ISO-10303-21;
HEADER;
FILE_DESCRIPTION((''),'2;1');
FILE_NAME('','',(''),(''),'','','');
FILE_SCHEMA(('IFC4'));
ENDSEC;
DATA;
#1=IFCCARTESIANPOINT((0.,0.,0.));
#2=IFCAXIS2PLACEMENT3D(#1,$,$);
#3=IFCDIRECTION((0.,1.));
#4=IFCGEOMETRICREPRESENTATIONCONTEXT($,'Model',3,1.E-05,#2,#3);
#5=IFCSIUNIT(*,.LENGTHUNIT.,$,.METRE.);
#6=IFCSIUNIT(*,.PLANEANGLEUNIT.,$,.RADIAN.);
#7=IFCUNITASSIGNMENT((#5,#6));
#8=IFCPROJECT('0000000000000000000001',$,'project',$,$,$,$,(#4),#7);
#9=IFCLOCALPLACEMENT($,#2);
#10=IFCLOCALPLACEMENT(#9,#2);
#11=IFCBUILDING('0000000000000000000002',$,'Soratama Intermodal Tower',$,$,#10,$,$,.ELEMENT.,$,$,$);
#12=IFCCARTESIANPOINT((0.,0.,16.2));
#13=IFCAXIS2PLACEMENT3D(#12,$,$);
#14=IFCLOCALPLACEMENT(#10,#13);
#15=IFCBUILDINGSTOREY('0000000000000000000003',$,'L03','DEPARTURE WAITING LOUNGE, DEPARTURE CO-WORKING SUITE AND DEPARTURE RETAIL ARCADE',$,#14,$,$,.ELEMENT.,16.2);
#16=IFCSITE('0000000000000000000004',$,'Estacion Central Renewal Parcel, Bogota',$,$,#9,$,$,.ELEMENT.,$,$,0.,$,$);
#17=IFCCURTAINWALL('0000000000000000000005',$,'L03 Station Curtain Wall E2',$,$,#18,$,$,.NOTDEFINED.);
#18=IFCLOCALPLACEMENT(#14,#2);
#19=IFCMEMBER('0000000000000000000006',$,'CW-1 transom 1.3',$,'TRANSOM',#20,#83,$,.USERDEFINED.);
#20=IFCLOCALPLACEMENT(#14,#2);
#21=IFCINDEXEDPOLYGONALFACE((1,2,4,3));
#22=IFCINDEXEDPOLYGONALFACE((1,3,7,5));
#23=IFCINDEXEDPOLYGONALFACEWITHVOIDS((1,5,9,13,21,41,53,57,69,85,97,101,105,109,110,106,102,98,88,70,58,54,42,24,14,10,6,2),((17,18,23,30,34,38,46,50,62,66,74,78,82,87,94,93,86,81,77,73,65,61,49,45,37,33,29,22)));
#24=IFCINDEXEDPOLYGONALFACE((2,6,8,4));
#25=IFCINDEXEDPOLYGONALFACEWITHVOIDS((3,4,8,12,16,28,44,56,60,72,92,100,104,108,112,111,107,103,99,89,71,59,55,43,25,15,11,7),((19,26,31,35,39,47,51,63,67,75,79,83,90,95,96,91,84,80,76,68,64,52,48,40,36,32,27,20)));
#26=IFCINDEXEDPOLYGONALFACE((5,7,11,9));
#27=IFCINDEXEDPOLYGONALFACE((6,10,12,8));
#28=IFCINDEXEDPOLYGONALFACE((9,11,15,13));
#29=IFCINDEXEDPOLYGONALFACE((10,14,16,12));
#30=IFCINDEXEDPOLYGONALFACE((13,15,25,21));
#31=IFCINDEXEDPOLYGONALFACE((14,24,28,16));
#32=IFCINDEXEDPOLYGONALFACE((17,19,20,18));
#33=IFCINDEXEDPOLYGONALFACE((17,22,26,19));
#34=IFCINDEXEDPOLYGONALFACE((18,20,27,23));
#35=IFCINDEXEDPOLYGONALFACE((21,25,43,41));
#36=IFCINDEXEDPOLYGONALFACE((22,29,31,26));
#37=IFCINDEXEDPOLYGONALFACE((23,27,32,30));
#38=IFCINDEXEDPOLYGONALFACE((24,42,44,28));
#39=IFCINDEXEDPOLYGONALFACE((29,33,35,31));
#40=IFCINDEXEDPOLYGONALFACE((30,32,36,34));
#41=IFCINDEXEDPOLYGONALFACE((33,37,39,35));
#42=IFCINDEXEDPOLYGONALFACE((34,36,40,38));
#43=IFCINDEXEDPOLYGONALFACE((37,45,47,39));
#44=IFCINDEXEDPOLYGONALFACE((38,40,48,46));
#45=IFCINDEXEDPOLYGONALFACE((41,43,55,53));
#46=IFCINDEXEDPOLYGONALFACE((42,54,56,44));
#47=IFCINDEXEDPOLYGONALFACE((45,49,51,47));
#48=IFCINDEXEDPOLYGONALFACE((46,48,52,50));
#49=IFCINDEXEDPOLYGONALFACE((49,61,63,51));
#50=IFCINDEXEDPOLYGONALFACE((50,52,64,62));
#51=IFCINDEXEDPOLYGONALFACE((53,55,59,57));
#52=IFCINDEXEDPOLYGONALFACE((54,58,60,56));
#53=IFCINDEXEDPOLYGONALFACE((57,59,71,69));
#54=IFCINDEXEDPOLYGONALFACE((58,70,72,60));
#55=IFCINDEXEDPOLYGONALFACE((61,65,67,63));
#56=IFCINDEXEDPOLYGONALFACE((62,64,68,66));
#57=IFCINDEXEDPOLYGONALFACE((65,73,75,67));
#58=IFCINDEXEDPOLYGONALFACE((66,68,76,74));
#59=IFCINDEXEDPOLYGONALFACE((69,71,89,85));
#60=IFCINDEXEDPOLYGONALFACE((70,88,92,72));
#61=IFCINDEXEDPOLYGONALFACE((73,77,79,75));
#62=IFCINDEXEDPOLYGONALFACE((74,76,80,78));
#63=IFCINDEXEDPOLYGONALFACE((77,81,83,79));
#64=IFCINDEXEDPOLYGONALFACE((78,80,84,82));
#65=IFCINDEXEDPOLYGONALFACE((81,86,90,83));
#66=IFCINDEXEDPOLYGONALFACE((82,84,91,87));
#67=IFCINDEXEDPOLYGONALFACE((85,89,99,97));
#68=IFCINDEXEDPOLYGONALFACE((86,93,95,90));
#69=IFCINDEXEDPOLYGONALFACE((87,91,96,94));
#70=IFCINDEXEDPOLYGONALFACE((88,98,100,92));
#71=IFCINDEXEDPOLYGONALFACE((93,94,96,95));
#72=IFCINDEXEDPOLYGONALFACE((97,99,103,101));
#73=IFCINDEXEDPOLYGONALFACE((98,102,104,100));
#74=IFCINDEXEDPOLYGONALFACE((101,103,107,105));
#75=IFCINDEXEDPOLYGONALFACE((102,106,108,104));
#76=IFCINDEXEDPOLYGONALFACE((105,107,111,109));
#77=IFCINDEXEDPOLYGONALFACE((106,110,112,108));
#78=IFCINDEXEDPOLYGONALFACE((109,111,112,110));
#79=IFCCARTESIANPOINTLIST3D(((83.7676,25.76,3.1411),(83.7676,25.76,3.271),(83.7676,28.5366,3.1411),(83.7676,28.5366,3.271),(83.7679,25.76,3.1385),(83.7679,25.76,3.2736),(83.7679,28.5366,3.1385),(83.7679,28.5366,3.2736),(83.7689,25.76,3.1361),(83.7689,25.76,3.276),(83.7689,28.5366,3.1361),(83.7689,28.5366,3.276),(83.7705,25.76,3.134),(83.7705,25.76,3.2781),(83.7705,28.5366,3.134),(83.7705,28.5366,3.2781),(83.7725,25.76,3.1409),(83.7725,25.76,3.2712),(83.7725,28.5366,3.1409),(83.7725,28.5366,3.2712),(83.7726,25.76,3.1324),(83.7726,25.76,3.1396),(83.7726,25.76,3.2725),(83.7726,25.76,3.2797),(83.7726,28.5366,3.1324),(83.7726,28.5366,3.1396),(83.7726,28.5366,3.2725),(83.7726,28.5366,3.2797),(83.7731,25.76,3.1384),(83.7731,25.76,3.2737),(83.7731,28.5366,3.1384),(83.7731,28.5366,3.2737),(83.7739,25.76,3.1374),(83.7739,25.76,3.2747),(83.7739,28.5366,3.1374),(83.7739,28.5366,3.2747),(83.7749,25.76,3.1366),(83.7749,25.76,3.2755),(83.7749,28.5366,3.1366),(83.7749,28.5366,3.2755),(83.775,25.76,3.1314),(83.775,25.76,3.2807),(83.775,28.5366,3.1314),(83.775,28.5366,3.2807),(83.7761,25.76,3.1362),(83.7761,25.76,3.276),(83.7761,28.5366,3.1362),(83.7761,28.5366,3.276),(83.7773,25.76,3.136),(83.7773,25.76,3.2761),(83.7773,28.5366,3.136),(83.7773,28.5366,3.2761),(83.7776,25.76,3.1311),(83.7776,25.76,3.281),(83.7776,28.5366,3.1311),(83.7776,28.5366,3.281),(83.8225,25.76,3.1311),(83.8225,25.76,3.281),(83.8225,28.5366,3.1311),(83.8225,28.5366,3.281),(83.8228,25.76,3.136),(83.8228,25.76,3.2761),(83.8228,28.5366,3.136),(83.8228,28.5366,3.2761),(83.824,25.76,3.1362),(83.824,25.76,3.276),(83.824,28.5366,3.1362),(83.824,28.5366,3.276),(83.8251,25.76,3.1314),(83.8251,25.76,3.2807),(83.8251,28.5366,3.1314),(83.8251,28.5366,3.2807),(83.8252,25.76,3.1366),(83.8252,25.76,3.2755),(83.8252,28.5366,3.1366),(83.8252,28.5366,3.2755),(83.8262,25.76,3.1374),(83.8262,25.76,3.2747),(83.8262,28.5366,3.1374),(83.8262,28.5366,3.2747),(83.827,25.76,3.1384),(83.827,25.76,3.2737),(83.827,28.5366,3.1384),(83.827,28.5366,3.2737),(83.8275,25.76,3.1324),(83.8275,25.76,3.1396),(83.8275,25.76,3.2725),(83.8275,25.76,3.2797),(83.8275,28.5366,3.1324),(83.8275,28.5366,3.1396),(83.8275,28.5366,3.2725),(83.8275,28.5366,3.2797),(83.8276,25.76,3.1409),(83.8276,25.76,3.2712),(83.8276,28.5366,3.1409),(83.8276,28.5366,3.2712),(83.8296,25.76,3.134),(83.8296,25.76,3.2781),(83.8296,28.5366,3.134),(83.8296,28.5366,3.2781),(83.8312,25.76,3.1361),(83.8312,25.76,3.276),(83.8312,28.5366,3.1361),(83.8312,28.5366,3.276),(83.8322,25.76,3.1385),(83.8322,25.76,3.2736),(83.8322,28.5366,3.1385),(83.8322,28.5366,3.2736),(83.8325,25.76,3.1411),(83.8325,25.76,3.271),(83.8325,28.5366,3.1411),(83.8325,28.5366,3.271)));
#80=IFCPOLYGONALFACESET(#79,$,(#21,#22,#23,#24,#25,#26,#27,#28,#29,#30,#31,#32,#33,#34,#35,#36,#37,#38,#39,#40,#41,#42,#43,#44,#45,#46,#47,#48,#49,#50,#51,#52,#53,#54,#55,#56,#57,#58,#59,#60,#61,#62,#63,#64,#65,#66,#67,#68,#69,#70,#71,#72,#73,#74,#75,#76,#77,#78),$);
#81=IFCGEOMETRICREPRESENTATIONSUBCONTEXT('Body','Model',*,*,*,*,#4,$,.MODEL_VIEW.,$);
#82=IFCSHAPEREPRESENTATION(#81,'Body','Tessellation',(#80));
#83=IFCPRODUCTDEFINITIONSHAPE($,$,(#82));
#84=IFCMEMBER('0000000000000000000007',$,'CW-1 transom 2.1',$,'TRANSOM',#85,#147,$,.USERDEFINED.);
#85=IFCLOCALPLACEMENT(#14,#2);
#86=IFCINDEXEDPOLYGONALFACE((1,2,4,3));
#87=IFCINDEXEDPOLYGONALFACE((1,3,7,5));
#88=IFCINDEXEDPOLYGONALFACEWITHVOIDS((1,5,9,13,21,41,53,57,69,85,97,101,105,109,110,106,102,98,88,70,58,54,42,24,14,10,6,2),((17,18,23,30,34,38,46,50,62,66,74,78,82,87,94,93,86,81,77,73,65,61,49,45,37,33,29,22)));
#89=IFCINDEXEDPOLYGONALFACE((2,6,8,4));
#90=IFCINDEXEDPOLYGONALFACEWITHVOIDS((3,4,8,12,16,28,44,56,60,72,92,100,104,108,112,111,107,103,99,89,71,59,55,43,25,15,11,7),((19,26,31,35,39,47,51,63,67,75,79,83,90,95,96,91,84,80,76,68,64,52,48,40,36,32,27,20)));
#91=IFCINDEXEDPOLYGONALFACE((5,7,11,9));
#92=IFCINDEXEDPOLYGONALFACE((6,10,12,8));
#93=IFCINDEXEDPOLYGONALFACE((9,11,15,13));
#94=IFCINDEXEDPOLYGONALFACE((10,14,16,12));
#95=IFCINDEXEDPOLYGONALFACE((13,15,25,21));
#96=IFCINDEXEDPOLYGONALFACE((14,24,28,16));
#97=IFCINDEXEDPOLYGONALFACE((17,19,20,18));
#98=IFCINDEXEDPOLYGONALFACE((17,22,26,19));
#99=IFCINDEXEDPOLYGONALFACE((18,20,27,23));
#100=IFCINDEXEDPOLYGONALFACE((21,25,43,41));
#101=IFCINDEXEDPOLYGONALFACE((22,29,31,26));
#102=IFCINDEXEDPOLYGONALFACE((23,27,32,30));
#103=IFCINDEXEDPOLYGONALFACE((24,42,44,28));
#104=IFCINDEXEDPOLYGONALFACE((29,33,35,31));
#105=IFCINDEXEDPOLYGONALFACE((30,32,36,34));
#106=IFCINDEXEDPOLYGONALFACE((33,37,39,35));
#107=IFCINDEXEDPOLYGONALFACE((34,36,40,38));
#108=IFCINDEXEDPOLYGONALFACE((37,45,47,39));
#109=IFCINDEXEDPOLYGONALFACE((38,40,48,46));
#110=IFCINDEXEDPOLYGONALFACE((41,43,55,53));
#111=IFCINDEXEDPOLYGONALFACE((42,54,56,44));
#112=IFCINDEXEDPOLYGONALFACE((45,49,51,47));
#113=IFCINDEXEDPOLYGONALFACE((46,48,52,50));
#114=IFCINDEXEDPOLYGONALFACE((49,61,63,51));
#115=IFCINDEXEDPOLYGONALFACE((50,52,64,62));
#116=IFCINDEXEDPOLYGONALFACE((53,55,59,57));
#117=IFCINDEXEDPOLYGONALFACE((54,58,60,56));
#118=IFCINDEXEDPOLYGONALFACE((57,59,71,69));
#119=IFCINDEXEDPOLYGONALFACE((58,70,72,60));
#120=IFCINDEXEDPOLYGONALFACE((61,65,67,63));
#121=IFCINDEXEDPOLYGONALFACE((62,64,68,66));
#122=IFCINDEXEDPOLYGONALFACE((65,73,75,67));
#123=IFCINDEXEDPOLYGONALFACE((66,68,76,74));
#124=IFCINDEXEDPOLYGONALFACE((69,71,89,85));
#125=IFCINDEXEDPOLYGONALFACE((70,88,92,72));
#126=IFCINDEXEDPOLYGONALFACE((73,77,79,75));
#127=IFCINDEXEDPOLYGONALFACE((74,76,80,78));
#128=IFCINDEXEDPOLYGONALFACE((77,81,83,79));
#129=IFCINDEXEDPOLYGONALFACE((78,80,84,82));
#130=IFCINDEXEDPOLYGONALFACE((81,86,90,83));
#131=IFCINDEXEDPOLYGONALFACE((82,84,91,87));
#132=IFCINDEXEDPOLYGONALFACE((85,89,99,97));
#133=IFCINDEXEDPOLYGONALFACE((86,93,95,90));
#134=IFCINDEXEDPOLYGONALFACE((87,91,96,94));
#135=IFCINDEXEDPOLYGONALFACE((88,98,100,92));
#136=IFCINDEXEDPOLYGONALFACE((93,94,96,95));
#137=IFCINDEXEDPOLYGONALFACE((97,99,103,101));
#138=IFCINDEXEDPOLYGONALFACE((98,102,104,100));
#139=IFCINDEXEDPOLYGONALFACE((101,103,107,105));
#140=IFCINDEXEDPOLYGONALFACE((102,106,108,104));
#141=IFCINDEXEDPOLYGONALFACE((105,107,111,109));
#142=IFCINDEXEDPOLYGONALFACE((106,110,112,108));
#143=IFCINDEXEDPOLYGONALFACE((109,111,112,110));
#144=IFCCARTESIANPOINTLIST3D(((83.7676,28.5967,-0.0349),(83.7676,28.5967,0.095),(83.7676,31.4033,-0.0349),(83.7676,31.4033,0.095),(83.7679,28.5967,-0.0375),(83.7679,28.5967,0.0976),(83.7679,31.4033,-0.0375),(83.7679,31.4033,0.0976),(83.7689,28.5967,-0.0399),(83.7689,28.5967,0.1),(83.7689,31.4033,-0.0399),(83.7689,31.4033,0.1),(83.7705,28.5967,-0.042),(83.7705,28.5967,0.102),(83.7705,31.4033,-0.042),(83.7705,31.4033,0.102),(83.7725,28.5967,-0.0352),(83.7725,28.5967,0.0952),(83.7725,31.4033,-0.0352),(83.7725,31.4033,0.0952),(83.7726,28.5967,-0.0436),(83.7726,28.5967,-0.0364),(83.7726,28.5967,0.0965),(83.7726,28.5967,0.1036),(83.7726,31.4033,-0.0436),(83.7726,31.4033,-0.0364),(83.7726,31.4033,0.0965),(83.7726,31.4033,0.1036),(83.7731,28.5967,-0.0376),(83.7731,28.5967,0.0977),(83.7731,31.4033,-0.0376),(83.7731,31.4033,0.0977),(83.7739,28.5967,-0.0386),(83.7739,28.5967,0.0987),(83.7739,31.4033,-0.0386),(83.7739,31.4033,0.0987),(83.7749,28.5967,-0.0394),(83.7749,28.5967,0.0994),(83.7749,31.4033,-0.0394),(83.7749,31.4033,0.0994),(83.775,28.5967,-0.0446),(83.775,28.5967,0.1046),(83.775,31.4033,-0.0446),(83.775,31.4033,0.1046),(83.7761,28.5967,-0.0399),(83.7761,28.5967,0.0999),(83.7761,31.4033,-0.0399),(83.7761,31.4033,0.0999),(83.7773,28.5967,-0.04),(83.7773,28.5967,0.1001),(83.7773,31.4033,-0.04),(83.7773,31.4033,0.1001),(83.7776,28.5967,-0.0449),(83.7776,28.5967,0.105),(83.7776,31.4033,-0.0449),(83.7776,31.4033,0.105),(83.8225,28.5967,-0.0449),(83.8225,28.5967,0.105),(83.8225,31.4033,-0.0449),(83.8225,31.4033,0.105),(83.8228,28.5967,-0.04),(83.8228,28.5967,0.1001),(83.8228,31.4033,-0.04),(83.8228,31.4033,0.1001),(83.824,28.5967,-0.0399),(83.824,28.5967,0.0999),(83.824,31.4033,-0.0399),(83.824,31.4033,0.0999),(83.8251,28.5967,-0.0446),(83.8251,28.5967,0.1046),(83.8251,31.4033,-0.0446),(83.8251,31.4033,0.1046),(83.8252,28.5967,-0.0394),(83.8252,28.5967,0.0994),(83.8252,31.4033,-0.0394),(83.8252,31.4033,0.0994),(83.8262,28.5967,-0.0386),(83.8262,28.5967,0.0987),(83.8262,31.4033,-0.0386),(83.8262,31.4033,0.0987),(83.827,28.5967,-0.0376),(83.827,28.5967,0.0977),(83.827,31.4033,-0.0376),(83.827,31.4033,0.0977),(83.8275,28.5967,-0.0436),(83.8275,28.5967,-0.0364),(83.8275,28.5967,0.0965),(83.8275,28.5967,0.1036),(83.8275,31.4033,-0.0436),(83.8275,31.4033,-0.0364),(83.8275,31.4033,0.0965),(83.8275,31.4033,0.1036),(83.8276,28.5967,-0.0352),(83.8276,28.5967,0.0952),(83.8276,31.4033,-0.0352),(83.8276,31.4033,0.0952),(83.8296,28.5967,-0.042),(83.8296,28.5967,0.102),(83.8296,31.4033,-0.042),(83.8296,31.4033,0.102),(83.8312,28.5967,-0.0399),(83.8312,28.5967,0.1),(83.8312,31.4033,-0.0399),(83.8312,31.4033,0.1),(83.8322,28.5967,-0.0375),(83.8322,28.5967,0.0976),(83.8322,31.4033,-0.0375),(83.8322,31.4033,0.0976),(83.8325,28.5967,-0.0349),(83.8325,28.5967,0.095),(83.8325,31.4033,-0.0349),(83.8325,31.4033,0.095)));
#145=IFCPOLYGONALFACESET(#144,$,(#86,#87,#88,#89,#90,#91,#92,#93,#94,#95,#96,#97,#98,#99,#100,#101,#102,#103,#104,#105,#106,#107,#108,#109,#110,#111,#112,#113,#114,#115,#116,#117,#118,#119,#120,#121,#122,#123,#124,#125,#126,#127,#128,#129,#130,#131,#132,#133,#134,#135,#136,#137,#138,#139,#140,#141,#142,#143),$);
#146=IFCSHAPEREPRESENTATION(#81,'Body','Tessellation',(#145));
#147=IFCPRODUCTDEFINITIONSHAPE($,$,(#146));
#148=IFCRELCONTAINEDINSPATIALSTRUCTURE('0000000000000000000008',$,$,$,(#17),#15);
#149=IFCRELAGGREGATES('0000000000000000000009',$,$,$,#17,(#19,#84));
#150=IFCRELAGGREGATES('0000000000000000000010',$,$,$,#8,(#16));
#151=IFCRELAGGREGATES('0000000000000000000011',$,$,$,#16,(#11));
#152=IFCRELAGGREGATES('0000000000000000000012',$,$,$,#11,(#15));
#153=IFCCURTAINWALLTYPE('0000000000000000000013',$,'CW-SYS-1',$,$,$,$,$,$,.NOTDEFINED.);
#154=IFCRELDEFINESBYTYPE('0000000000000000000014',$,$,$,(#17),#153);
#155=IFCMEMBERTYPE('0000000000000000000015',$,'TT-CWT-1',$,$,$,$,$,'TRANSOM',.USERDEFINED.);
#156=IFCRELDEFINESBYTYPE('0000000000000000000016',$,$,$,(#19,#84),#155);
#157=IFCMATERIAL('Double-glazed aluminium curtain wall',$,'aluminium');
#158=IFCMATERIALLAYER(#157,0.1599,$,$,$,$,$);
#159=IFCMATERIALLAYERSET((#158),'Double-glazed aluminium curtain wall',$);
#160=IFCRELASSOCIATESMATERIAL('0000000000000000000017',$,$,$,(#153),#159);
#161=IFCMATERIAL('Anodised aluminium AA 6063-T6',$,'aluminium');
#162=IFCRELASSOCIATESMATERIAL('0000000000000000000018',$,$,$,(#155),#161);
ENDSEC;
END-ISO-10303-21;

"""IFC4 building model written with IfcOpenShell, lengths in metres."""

from ifc_helpers import new_model, si_unit, direction, frame, origin, origin_2d, place, context, subcontext, project, spatial, hollow_rectangle, extrude, material, layer, layer_set, material_profile, profile_set, type_object, element, aggregate, save


model = new_model("IFC4")

# Units and contexts
model_context = context("Model", 3, precision=1e-05, world=origin(), true_north=direction((0.0, 1.0)))
body_context = subcontext(model_context, "Body", "Model", "MODEL_VIEW")
ifc_project = project(units=[si_unit("LENGTHUNIT", "METRE"), si_unit("PLANEANGLEUNIT", "RADIAN")], contexts=[model_context])

# Site, building, storey
site_placement = place(None, origin())
site = spatial("IfcSite", under=ifc_project, at=site_placement, Name="Estacion Central Renewal Parcel, Bogota", CompositionType="ELEMENT", RefElevation=0.0)
building_placement = place(site_placement, origin())
building = spatial("IfcBuilding", under=site, at=building_placement, Name="Soratama Intermodal Tower", CompositionType="ELEMENT")
storey_placement = place(building_placement, frame((0.0, 0.0, 16.2)))
storey = spatial("IfcBuildingStorey", under=building, at=storey_placement, Name="L03", Description="DEPARTURE WAITING LOUNGE, DEPARTURE CO-WORKING SUITE AND DEPARTURE RETAIL ARCADE", CompositionType="ELEMENT", Elevation=16.2)

# Curtain wall, members
ifc_material_1 = material(Name="Double-glazed aluminium curtain wall", Category="aluminium")
ifc_layer_1 = layer(ifc_material_1, 0.1599)
ifc_layer_set_1 = layer_set([ifc_layer_1], Name="Double-glazed aluminium curtain wall")
curtain_wall_type = type_object("IfcCurtainWallType", Name="CW-SYS-1", PredefinedType="NOTDEFINED", material=ifc_layer_set_1)
curtain_wall_placement = place(storey_placement, origin())
curtain_wall = element("IfcCurtainWall", 1, at=curtain_wall_placement, inside=storey, type_object=curtain_wall_type, Name="L03 Station Curtain Wall E2", PredefinedType="NOTDEFINED")
ifc_material_2 = material(Name="Anodised aluminium AA 6063-T6", Category="aluminium")
ifc_material_profile_1 = material_profile(ifc_material_2, hollow_rectangle(XDim=0.0649, YDim=0.1499, WallThickness=0.0049, InnerFilletRadius=0.0049, OuterFilletRadius=0.01, at=origin_2d()), Name="CWT150X65X5")
ifc_profile_set_1 = profile_set([ifc_material_profile_1], Name="Anodised aluminium AA 6063-T6")
member_type_1 = type_object("IfcMemberType", Name="TT-CWT-1", ElementType="TRANSOM", PredefinedType="USERDEFINED", material=ifc_profile_set_1)
member_1_placement = place(storey_placement, frame((83.8, 25.76, 3.2061), z_axis=(0.0, 1.0, 0.0), x_axis=(-1.0, 0.0, 0.0)))
member_1 = element("IfcMember", 2, at=member_1_placement, type_object=member_type_1, Name="CW-1 transom 1.3", ObjectType="TRANSOM", PredefinedType="USERDEFINED", context=body_context, shape_type="SweptSolid", body=[
    extrude(hollow_rectangle(XDim=0.0649, YDim=0.1499, WallThickness=0.0049, InnerFilletRadius=0.0049, OuterFilletRadius=0.01, at=origin_2d()), origin(), (0.0, 0.0, 1.0), 2.7766),
])
member_2_placement = place(storey_placement, frame((83.8, 28.5967, 0.03), z_axis=(0.0, 1.0, 0.0), x_axis=(-1.0, 0.0, 0.0)))
member_2 = element("IfcMember", 3, at=member_2_placement, type_object=member_type_1, Name="CW-1 transom 2.1", ObjectType="TRANSOM", PredefinedType="USERDEFINED", context=body_context, shape_type="SweptSolid", body=[
    extrude(hollow_rectangle(XDim=0.0649, YDim=0.1499, WallThickness=0.0049, InnerFilletRadius=0.0049, OuterFilletRadius=0.01, at=origin_2d()), origin(), (0.0, 0.0, 1.0), 2.8066),
])
aggregate(curtain_wall, [member_1, member_2])

save(model, "model.ifc")
